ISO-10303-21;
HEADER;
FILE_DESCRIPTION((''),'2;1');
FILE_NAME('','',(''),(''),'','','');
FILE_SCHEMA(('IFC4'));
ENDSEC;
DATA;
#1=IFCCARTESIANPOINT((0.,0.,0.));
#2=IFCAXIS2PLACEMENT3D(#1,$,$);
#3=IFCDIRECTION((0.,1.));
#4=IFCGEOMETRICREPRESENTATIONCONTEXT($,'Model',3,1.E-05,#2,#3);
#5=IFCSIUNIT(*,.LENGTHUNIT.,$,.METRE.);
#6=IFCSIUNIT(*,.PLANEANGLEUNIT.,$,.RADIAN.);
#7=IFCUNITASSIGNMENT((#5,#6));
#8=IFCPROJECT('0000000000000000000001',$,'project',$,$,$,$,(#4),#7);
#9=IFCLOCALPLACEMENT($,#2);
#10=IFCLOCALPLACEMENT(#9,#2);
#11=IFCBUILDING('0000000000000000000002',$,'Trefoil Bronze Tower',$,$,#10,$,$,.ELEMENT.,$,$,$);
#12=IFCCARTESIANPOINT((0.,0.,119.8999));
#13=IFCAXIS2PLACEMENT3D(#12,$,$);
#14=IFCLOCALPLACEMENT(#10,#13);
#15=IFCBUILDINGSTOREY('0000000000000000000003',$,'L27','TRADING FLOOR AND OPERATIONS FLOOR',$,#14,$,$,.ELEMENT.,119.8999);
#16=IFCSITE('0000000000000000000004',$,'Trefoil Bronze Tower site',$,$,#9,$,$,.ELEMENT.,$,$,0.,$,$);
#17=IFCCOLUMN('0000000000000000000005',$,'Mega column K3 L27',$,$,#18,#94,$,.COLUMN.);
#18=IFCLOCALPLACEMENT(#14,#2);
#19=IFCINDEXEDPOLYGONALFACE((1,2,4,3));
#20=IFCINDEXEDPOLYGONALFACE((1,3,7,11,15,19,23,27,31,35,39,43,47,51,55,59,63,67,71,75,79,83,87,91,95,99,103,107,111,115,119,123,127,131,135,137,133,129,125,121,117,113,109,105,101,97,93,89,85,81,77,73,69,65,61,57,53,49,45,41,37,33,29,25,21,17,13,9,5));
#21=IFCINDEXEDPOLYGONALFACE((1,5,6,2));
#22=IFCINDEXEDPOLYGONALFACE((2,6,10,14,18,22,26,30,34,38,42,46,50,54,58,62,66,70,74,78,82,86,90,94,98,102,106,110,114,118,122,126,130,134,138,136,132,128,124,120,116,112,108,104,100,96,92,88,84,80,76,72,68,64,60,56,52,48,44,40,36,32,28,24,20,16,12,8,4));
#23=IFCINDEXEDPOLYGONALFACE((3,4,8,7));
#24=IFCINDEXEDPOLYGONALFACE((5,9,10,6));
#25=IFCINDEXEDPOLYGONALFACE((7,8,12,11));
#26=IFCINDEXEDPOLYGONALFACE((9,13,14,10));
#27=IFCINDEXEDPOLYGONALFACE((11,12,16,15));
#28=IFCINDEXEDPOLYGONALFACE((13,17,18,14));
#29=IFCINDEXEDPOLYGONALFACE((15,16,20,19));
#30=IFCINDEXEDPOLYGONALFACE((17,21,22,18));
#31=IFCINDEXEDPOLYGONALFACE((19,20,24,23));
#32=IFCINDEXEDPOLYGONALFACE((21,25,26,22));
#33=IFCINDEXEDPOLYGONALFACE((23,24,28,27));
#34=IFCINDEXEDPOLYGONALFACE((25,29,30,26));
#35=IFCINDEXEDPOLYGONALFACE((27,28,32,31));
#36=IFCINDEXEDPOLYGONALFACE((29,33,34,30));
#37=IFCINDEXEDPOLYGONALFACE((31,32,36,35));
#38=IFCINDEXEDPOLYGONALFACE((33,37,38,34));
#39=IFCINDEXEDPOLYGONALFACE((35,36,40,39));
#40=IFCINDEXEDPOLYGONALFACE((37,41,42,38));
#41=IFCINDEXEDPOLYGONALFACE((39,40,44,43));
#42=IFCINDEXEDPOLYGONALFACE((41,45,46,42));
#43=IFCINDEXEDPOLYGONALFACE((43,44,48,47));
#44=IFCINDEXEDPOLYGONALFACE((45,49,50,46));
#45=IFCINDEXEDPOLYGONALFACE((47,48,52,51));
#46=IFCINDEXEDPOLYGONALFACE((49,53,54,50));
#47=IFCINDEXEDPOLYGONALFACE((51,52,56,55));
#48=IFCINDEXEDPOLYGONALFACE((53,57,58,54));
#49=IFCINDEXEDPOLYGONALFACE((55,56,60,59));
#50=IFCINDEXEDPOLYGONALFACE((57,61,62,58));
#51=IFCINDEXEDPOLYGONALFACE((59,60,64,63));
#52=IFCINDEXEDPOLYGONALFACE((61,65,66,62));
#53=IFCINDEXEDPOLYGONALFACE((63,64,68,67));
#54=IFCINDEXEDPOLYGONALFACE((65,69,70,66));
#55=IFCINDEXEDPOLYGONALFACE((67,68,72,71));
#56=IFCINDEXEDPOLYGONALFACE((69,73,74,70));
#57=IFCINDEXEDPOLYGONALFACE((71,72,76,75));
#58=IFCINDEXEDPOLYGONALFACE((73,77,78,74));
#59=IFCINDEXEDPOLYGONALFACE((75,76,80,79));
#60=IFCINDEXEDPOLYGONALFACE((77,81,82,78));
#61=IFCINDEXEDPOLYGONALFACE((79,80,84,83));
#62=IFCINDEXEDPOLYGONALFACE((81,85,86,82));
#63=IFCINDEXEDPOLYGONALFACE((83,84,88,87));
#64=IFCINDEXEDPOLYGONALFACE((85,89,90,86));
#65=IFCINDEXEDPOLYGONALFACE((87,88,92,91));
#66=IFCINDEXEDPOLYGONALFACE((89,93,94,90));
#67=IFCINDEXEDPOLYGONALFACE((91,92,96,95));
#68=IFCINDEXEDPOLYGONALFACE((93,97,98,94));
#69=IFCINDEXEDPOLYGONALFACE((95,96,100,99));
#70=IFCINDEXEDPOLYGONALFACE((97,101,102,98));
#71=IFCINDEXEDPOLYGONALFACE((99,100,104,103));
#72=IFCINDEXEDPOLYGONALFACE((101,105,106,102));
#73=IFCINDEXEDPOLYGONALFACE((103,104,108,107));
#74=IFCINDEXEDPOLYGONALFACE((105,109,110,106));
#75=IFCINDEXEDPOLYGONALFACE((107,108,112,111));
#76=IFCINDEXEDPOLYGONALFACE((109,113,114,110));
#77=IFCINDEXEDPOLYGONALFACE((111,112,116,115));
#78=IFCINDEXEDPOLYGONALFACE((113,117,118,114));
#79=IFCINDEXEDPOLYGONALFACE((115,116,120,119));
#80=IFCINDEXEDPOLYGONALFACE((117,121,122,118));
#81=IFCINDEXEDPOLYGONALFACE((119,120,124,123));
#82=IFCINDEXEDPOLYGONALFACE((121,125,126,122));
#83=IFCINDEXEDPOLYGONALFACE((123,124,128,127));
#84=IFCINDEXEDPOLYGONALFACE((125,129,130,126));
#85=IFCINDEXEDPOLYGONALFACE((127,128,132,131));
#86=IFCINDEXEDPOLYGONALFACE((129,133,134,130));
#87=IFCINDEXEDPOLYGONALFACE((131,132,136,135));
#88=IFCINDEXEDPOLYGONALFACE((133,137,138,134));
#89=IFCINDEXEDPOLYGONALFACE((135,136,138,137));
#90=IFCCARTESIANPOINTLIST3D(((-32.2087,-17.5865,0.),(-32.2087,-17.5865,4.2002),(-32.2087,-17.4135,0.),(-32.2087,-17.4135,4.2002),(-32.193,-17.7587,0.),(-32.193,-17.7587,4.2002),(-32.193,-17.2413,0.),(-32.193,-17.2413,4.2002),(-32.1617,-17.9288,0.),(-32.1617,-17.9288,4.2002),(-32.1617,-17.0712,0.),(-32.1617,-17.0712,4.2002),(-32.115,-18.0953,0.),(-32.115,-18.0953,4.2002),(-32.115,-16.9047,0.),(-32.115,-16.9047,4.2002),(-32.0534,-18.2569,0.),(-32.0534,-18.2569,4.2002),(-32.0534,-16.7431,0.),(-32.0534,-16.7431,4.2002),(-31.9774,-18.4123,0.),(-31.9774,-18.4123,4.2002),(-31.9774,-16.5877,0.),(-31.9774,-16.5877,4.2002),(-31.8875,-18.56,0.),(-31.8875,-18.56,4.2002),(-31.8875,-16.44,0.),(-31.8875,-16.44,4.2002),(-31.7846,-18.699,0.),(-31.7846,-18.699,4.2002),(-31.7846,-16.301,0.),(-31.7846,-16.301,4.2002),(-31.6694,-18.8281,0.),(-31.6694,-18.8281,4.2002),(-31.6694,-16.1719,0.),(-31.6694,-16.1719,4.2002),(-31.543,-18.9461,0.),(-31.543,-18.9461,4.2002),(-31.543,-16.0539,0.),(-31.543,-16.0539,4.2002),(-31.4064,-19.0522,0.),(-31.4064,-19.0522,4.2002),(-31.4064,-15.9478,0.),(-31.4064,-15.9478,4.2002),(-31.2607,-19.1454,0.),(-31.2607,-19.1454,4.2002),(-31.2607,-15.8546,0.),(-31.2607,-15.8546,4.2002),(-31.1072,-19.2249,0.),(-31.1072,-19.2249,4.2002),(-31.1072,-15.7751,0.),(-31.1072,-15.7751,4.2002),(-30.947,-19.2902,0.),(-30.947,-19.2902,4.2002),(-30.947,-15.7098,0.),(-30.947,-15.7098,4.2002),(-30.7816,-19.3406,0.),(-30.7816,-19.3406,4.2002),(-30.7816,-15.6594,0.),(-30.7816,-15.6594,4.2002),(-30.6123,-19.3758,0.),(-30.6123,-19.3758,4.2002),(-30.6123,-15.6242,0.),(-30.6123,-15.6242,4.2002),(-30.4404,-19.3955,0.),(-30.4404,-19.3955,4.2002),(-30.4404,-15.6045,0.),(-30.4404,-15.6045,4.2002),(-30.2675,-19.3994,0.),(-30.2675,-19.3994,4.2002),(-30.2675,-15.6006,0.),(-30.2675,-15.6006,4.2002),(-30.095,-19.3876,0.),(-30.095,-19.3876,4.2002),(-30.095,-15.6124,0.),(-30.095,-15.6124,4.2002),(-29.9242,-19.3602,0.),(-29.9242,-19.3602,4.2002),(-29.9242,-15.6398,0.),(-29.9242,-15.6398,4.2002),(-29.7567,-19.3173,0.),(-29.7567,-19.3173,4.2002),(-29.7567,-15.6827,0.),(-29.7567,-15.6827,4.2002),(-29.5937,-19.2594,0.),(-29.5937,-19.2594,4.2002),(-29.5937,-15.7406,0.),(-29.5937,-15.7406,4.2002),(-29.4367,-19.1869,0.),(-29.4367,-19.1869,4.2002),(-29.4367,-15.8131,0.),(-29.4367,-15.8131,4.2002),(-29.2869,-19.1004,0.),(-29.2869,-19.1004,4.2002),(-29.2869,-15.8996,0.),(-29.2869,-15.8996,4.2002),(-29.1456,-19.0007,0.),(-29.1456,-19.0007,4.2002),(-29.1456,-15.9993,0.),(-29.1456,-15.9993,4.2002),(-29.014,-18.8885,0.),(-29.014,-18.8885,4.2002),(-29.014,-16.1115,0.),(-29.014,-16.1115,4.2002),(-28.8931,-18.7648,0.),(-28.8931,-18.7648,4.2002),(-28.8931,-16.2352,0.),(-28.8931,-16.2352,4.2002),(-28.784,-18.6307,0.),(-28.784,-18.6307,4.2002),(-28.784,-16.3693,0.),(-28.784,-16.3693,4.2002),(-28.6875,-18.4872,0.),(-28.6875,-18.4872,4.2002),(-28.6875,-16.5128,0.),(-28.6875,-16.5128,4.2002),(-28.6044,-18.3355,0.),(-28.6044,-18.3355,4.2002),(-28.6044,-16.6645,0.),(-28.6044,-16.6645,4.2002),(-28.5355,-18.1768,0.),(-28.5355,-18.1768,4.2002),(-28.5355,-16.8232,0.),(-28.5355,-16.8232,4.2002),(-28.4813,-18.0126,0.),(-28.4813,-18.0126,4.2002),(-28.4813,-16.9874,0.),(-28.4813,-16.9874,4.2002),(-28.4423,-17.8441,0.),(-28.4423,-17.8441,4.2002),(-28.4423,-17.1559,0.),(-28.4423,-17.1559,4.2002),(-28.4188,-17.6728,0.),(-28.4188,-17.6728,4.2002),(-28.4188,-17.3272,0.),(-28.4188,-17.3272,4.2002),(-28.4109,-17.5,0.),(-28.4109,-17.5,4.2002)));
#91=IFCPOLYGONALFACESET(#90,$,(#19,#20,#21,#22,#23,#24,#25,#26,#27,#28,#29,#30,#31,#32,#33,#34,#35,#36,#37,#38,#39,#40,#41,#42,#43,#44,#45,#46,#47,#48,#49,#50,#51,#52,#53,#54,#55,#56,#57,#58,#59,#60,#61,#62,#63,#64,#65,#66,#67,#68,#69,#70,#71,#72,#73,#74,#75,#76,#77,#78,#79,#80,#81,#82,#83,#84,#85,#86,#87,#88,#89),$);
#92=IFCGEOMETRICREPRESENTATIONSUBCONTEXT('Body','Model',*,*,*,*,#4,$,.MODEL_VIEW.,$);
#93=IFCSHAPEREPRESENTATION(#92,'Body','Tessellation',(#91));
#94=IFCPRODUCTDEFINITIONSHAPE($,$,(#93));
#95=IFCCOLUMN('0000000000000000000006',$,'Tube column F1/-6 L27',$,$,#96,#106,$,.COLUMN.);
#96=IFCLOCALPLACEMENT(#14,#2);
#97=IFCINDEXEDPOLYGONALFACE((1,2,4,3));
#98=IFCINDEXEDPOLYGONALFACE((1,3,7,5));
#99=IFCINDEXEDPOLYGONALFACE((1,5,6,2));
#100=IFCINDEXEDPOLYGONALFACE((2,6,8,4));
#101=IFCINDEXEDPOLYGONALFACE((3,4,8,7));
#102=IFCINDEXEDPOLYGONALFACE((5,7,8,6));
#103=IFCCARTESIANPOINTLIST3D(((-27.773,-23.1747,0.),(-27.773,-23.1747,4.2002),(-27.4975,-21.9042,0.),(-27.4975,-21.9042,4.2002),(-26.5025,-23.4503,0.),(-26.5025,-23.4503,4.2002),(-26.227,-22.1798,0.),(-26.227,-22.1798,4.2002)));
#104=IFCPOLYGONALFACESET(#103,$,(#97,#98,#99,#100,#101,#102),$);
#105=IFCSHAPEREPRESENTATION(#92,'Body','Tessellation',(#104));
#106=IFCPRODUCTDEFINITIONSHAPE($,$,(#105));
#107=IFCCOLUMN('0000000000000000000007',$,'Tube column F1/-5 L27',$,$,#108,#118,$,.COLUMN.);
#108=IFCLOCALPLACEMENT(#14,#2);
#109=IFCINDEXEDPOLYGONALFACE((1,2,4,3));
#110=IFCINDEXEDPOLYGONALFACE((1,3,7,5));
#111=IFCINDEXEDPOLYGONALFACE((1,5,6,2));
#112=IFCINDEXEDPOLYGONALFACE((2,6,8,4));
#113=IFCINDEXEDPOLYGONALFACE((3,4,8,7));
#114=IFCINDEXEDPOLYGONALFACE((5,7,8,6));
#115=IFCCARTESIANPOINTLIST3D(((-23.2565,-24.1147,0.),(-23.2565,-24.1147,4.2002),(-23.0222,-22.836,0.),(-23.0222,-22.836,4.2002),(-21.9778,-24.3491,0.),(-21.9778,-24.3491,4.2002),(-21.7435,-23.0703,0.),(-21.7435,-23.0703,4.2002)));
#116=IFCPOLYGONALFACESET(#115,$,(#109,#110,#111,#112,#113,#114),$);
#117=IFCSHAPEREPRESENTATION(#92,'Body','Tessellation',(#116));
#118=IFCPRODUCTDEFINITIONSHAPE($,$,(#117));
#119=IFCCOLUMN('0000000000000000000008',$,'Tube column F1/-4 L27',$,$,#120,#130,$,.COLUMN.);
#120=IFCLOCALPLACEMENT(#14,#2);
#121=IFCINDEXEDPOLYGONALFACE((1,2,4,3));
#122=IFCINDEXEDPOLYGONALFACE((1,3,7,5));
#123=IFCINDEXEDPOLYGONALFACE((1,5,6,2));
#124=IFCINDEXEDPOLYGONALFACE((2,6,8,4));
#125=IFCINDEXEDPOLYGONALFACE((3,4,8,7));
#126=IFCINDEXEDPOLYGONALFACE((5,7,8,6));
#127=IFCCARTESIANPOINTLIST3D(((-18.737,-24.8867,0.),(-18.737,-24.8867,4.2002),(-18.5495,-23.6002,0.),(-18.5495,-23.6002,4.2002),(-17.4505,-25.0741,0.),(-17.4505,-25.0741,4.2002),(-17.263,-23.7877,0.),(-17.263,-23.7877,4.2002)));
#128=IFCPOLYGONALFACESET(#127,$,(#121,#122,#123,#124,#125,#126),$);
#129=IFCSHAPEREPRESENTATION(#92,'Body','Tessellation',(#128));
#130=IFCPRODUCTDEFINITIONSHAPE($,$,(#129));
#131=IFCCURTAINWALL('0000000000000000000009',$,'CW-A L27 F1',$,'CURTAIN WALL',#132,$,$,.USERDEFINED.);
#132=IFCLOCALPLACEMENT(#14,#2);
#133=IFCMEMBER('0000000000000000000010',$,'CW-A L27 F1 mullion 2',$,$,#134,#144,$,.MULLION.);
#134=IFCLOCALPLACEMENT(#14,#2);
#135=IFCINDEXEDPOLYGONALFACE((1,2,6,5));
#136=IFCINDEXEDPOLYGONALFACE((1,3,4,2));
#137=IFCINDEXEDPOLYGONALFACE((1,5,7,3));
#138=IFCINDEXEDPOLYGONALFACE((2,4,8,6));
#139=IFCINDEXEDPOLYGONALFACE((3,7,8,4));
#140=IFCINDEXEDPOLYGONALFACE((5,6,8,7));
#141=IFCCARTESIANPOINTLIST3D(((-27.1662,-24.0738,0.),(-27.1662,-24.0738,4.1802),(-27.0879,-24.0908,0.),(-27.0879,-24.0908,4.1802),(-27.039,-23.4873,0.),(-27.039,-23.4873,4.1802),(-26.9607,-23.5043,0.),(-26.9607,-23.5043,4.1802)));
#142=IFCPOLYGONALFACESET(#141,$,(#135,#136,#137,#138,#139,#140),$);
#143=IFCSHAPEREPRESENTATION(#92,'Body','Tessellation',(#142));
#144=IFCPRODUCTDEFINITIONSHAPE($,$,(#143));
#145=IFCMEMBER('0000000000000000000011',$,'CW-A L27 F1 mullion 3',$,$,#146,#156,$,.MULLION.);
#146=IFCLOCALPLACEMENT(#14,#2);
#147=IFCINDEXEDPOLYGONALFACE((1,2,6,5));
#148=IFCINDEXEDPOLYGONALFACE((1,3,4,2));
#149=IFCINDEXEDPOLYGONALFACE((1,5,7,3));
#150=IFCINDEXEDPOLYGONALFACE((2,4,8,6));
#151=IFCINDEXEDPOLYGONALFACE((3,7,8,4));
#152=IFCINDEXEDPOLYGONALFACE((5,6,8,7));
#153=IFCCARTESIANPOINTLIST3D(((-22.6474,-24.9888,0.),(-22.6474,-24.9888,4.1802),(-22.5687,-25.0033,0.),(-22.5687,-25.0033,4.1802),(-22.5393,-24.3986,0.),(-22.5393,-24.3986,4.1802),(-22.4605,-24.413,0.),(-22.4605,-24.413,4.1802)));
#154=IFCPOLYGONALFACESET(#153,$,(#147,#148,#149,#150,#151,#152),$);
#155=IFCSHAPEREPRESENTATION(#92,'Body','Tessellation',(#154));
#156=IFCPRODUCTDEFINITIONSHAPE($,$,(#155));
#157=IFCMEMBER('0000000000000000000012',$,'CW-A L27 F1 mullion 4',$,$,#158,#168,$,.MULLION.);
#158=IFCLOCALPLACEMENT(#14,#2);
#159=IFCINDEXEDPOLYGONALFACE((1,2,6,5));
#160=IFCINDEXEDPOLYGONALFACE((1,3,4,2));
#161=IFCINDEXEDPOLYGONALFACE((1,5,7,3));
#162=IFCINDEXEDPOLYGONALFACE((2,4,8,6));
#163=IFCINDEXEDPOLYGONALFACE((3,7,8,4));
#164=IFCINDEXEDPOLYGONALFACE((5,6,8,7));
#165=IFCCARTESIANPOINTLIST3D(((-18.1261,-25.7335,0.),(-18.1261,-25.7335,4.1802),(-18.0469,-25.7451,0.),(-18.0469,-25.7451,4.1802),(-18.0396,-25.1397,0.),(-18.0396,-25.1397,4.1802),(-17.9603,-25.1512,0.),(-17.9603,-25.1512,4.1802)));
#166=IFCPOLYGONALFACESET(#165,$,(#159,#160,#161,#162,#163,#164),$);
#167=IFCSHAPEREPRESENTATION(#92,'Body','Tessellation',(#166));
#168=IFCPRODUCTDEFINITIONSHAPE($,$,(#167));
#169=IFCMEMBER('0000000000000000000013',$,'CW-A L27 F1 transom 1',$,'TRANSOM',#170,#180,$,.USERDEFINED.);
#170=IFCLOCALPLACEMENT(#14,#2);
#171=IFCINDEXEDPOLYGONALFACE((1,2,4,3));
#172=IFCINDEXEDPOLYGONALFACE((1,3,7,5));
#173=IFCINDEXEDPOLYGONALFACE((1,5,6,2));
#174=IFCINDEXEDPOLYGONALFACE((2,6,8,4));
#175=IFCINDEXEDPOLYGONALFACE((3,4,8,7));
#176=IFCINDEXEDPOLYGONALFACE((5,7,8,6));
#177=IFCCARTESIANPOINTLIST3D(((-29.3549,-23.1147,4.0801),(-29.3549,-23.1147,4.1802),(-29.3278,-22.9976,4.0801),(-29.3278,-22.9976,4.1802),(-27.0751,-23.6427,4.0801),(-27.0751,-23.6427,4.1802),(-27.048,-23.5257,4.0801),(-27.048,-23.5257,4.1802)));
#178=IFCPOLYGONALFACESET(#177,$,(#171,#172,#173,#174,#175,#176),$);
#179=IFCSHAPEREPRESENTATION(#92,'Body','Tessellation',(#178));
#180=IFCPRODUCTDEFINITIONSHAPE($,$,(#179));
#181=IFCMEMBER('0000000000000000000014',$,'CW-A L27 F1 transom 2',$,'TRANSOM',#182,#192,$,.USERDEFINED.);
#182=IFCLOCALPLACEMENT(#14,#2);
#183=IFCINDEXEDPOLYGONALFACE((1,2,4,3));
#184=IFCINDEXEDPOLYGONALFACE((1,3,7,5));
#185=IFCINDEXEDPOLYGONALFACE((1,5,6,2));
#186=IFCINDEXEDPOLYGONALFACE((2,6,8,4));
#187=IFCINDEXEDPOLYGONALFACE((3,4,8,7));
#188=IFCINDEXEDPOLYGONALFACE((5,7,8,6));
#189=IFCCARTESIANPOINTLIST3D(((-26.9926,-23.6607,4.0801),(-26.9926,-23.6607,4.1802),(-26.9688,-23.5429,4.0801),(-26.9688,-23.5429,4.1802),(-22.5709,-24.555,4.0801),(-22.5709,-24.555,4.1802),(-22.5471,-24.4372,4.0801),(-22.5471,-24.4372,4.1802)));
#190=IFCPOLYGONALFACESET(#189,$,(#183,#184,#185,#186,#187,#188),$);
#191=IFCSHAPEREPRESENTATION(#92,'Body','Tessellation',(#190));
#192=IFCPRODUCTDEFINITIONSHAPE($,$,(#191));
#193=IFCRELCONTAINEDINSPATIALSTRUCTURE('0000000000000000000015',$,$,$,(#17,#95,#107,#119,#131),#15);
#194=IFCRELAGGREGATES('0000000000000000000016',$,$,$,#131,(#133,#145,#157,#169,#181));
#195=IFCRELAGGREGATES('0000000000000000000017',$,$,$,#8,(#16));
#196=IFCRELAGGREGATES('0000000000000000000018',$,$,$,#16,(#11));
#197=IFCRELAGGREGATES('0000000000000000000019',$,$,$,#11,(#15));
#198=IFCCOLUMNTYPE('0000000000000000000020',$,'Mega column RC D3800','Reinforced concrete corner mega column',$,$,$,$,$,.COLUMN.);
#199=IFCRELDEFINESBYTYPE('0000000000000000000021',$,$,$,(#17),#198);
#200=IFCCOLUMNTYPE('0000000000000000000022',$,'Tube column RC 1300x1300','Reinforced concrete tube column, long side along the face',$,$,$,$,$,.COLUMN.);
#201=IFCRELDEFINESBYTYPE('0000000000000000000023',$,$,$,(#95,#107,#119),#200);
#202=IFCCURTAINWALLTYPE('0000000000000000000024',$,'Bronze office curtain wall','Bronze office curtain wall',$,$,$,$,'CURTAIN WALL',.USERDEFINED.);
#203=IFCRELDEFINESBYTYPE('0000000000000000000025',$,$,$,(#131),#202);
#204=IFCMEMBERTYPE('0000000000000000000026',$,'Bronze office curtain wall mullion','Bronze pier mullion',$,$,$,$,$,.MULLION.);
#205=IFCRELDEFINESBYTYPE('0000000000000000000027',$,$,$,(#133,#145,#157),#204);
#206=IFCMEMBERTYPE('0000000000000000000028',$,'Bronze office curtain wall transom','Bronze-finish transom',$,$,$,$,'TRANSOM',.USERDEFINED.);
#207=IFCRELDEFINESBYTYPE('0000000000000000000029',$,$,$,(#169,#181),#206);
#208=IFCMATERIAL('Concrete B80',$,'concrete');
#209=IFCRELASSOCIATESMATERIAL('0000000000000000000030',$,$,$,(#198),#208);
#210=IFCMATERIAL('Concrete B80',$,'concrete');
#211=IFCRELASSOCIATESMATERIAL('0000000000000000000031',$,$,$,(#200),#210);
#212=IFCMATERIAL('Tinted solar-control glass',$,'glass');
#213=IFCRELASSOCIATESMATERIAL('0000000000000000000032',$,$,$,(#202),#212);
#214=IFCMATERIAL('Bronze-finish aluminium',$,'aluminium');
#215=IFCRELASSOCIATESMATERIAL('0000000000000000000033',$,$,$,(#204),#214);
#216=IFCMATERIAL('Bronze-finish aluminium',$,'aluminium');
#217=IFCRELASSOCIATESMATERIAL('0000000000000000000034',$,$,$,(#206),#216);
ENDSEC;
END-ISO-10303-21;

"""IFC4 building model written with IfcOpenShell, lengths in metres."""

from ifc_helpers import new_model, si_unit, direction, frame, origin, origin_2d, place, context, subcontext, project, spatial, rectangle, circle, extrude, material, material_profile, profile_set, type_object, element, aggregate, save


model = new_model("IFC4")

# Units and contexts
model_context = context("Model", 3, precision=1e-05, world=origin(), true_north=direction((0.0, 1.0)))
body_context = subcontext(model_context, "Body", "Model", "MODEL_VIEW")
ifc_project = project(units=[si_unit("LENGTHUNIT", "METRE"), si_unit("PLANEANGLEUNIT", "RADIAN")], contexts=[model_context])

# Site, building, storey
site_placement = place(None, origin())
site = spatial("IfcSite", under=ifc_project, at=site_placement, Name="Trefoil Bronze Tower site", CompositionType="ELEMENT", RefElevation=0.0)
building_placement = place(site_placement, origin())
building = spatial("IfcBuilding", under=site, at=building_placement, Name="Trefoil Bronze Tower", CompositionType="ELEMENT")
storey_placement = place(building_placement, frame((0.0, 0.0, 119.8999)))
storey = spatial("IfcBuildingStorey", under=building, at=storey_placement, Name="L27", Description="TRADING FLOOR AND OPERATIONS FLOOR", CompositionType="ELEMENT", Elevation=119.8999)

# Columns
ifc_material_1 = material(Name="Concrete B80", Category="concrete")
ifc_material_profile_1 = material_profile(ifc_material_1, circle(Radius=1.8999, at=origin_2d()), Name="RC D3800")
ifc_profile_set_1 = profile_set([ifc_material_profile_1], Name="Concrete B80")
column_type_1 = type_object("IfcColumnType", Name="Mega column RC D3800", Description="Reinforced concrete corner mega column", PredefinedType="COLUMN", material=ifc_profile_set_1)
column_placement = place(storey_placement, frame((-30.3108, -17.5, 0.0), z_axis=(0.0, 0.0, 1.0), x_axis=(1.0, 0.0, 0.0)))
element("IfcColumn", 1, at=column_placement, inside=storey, type_object=column_type_1, Name="Mega column K3 L27", PredefinedType="COLUMN", context=body_context, shape_type="SweptSolid", body=[
    extrude(circle(Radius=1.8999, at=origin_2d()), origin(), (0.0, 0.0, 1.0), 4.2002),
])
ifc_material_2 = material(Name="Concrete B80", Category="concrete")
ifc_material_profile_2 = material_profile(ifc_material_2, rectangle(XDim=1.3, YDim=1.3, at=origin_2d()), Name="RC 1300x1300")
ifc_profile_set_2 = profile_set([ifc_material_profile_2], Name="Concrete B80")
column_type_2 = type_object("IfcColumnType", Name="Tube column RC 1300x1300", Description="Reinforced concrete tube column, long side along the face", PredefinedType="COLUMN", material=ifc_profile_set_2)
for number, where, z_axis, x_axis, name in (
    (2, (-27.0, -22.6772, 0.0), (0.0, 0.0, 1.0), (0.977276, -0.21197, 0.0), "Tube column F1/-6 L27"),
    (3, (-22.5, -23.5925, 0.0), (0.0, 0.0, 1.0), (0.983623, -0.180241, 0.0), "Tube column F1/-5 L27"),
    (4, (-18.0, -24.3372, 0.0), (0.0, 0.0, 1.0), (0.98955, -0.144192, 0.0), "Tube column F1/-4 L27"),
):
    element("IfcColumn", number, at=place(storey_placement, frame(where, z_axis=z_axis, x_axis=x_axis)), inside=storey, type_object=column_type_2, Name=name, PredefinedType="COLUMN", context=body_context, shape_type="SweptSolid", body=[
        extrude(rectangle(XDim=1.3, YDim=1.3, at=origin_2d()), origin(), (0.0, 0.0, 1.0), 4.2002),
    ])

# Curtain wall, members
ifc_material_3 = material(Name="Tinted solar-control glass", Category="glass")
curtain_wall_type_1 = type_object("IfcCurtainWallType", Name="Bronze office curtain wall", Description="Bronze office curtain wall", ElementType="CURTAIN WALL", PredefinedType="USERDEFINED", material=ifc_material_3)
curtain_wall_1_placement = place(storey_placement, origin())
curtain_wall_1 = element("IfcCurtainWall", 5, at=curtain_wall_1_placement, inside=storey, type_object=curtain_wall_type_1, Name="CW-A L27 F1", ObjectType="CURTAIN WALL", PredefinedType="USERDEFINED")
ifc_material_4 = material(Name="Bronze-finish aluminium", Category="aluminium")
ifc_material_profile_3 = material_profile(ifc_material_4, rectangle(XDim=0.6001, YDim=0.0801, at=origin_2d()), Name="CW-A mullion")
ifc_profile_set_3 = profile_set([ifc_material_profile_3], Name="Bronze-finish aluminium")
member_type_1 = type_object("IfcMemberType", Name="Bronze office curtain wall mullion", Description="Bronze pier mullion", PredefinedType="MULLION", material=ifc_profile_set_3)
member_1_placement = place(storey_placement, frame((-27.0635, -23.7891, 0.0), z_axis=(0.0, 0.0, 1.0), x_axis=(0.21197, 0.977276, 0.0)))
member_1 = element("IfcMember", 6, at=member_1_placement, type_object=member_type_1, Name="CW-A L27 F1 mullion 2", PredefinedType="MULLION", context=body_context, shape_type="SweptSolid", body=[
    extrude(rectangle(XDim=0.6001, YDim=0.0801, at=origin_2d()), origin(), (0.0, 0.0, 1.0), 4.1802),
])
member_2_placement = place(storey_placement, frame((-22.554, -24.7009, 0.0), z_axis=(0.0, 0.0, 1.0), x_axis=(0.180241, 0.983623, 0.0)))
member_2 = element("IfcMember", 7, at=member_2_placement, type_object=member_type_1, Name="CW-A L27 F1 mullion 3", PredefinedType="MULLION", context=body_context, shape_type="SweptSolid", body=[
    extrude(rectangle(XDim=0.6001, YDim=0.0801, at=origin_2d()), origin(), (0.0, 0.0, 1.0), 4.1802),
])
member_3_placement = place(storey_placement, frame((-18.0432, -25.4424, 0.0), z_axis=(0.0, 0.0, 1.0), x_axis=(0.144192, 0.98955, 0.0)))
member_3 = element("IfcMember", 8, at=member_3_placement, type_object=member_type_1, Name="CW-A L27 F1 mullion 4", PredefinedType="MULLION", context=body_context, shape_type="SweptSolid", body=[
    extrude(rectangle(XDim=0.6001, YDim=0.0801, at=origin_2d()), origin(), (0.0, 0.0, 1.0), 4.1802),
])
ifc_material_5 = material(Name="Bronze-finish aluminium", Category="aluminium")
ifc_material_profile_4 = material_profile(ifc_material_5, rectangle(XDim=0.1201, YDim=0.1001, at=origin_2d()), Name="CW-A transom")
ifc_profile_set_4 = profile_set([ifc_material_profile_4], Name="Bronze-finish aluminium")
member_type_2 = type_object("IfcMemberType", Name="Bronze office curtain wall transom", Description="Bronze-finish transom", ElementType="TRANSOM", PredefinedType="USERDEFINED", material=ifc_profile_set_4)
member_4_placement = place(storey_placement, frame((-29.3413, -23.0562, 4.1301), z_axis=(0.974206, -0.225659, 0.0), x_axis=(0.225659, 0.974206, 0.0)))
member_4 = element("IfcMember", 9, at=member_4_placement, type_object=member_type_2, Name="CW-A L27 F1 transom 1", ObjectType="TRANSOM", PredefinedType="USERDEFINED", context=body_context, shape_type="SweptSolid", body=[
    extrude(rectangle(XDim=0.1201, YDim=0.1001, at=origin_2d()), origin(), (0.0, 0.0, 1.0), 2.3401),
])
member_5_placement = place(storey_placement, frame((-26.9807, -23.6018, 4.1301), z_axis=(0.980154, -0.198239, 0.0), x_axis=(0.198239, 0.980154, 0.0)))
member_5 = element("IfcMember", 10, at=member_5_placement, type_object=member_type_2, Name="CW-A L27 F1 transom 2", ObjectType="TRANSOM", PredefinedType="USERDEFINED", context=body_context, shape_type="SweptSolid", body=[
    extrude(rectangle(XDim=0.1201, YDim=0.1001, at=origin_2d()), origin(), (0.0, 0.0, 1.0), 4.5112),
])

aggregate(curtain_wall_1, [member_1, member_2, member_3, member_4, member_5])

save(model, "model.ifc")
